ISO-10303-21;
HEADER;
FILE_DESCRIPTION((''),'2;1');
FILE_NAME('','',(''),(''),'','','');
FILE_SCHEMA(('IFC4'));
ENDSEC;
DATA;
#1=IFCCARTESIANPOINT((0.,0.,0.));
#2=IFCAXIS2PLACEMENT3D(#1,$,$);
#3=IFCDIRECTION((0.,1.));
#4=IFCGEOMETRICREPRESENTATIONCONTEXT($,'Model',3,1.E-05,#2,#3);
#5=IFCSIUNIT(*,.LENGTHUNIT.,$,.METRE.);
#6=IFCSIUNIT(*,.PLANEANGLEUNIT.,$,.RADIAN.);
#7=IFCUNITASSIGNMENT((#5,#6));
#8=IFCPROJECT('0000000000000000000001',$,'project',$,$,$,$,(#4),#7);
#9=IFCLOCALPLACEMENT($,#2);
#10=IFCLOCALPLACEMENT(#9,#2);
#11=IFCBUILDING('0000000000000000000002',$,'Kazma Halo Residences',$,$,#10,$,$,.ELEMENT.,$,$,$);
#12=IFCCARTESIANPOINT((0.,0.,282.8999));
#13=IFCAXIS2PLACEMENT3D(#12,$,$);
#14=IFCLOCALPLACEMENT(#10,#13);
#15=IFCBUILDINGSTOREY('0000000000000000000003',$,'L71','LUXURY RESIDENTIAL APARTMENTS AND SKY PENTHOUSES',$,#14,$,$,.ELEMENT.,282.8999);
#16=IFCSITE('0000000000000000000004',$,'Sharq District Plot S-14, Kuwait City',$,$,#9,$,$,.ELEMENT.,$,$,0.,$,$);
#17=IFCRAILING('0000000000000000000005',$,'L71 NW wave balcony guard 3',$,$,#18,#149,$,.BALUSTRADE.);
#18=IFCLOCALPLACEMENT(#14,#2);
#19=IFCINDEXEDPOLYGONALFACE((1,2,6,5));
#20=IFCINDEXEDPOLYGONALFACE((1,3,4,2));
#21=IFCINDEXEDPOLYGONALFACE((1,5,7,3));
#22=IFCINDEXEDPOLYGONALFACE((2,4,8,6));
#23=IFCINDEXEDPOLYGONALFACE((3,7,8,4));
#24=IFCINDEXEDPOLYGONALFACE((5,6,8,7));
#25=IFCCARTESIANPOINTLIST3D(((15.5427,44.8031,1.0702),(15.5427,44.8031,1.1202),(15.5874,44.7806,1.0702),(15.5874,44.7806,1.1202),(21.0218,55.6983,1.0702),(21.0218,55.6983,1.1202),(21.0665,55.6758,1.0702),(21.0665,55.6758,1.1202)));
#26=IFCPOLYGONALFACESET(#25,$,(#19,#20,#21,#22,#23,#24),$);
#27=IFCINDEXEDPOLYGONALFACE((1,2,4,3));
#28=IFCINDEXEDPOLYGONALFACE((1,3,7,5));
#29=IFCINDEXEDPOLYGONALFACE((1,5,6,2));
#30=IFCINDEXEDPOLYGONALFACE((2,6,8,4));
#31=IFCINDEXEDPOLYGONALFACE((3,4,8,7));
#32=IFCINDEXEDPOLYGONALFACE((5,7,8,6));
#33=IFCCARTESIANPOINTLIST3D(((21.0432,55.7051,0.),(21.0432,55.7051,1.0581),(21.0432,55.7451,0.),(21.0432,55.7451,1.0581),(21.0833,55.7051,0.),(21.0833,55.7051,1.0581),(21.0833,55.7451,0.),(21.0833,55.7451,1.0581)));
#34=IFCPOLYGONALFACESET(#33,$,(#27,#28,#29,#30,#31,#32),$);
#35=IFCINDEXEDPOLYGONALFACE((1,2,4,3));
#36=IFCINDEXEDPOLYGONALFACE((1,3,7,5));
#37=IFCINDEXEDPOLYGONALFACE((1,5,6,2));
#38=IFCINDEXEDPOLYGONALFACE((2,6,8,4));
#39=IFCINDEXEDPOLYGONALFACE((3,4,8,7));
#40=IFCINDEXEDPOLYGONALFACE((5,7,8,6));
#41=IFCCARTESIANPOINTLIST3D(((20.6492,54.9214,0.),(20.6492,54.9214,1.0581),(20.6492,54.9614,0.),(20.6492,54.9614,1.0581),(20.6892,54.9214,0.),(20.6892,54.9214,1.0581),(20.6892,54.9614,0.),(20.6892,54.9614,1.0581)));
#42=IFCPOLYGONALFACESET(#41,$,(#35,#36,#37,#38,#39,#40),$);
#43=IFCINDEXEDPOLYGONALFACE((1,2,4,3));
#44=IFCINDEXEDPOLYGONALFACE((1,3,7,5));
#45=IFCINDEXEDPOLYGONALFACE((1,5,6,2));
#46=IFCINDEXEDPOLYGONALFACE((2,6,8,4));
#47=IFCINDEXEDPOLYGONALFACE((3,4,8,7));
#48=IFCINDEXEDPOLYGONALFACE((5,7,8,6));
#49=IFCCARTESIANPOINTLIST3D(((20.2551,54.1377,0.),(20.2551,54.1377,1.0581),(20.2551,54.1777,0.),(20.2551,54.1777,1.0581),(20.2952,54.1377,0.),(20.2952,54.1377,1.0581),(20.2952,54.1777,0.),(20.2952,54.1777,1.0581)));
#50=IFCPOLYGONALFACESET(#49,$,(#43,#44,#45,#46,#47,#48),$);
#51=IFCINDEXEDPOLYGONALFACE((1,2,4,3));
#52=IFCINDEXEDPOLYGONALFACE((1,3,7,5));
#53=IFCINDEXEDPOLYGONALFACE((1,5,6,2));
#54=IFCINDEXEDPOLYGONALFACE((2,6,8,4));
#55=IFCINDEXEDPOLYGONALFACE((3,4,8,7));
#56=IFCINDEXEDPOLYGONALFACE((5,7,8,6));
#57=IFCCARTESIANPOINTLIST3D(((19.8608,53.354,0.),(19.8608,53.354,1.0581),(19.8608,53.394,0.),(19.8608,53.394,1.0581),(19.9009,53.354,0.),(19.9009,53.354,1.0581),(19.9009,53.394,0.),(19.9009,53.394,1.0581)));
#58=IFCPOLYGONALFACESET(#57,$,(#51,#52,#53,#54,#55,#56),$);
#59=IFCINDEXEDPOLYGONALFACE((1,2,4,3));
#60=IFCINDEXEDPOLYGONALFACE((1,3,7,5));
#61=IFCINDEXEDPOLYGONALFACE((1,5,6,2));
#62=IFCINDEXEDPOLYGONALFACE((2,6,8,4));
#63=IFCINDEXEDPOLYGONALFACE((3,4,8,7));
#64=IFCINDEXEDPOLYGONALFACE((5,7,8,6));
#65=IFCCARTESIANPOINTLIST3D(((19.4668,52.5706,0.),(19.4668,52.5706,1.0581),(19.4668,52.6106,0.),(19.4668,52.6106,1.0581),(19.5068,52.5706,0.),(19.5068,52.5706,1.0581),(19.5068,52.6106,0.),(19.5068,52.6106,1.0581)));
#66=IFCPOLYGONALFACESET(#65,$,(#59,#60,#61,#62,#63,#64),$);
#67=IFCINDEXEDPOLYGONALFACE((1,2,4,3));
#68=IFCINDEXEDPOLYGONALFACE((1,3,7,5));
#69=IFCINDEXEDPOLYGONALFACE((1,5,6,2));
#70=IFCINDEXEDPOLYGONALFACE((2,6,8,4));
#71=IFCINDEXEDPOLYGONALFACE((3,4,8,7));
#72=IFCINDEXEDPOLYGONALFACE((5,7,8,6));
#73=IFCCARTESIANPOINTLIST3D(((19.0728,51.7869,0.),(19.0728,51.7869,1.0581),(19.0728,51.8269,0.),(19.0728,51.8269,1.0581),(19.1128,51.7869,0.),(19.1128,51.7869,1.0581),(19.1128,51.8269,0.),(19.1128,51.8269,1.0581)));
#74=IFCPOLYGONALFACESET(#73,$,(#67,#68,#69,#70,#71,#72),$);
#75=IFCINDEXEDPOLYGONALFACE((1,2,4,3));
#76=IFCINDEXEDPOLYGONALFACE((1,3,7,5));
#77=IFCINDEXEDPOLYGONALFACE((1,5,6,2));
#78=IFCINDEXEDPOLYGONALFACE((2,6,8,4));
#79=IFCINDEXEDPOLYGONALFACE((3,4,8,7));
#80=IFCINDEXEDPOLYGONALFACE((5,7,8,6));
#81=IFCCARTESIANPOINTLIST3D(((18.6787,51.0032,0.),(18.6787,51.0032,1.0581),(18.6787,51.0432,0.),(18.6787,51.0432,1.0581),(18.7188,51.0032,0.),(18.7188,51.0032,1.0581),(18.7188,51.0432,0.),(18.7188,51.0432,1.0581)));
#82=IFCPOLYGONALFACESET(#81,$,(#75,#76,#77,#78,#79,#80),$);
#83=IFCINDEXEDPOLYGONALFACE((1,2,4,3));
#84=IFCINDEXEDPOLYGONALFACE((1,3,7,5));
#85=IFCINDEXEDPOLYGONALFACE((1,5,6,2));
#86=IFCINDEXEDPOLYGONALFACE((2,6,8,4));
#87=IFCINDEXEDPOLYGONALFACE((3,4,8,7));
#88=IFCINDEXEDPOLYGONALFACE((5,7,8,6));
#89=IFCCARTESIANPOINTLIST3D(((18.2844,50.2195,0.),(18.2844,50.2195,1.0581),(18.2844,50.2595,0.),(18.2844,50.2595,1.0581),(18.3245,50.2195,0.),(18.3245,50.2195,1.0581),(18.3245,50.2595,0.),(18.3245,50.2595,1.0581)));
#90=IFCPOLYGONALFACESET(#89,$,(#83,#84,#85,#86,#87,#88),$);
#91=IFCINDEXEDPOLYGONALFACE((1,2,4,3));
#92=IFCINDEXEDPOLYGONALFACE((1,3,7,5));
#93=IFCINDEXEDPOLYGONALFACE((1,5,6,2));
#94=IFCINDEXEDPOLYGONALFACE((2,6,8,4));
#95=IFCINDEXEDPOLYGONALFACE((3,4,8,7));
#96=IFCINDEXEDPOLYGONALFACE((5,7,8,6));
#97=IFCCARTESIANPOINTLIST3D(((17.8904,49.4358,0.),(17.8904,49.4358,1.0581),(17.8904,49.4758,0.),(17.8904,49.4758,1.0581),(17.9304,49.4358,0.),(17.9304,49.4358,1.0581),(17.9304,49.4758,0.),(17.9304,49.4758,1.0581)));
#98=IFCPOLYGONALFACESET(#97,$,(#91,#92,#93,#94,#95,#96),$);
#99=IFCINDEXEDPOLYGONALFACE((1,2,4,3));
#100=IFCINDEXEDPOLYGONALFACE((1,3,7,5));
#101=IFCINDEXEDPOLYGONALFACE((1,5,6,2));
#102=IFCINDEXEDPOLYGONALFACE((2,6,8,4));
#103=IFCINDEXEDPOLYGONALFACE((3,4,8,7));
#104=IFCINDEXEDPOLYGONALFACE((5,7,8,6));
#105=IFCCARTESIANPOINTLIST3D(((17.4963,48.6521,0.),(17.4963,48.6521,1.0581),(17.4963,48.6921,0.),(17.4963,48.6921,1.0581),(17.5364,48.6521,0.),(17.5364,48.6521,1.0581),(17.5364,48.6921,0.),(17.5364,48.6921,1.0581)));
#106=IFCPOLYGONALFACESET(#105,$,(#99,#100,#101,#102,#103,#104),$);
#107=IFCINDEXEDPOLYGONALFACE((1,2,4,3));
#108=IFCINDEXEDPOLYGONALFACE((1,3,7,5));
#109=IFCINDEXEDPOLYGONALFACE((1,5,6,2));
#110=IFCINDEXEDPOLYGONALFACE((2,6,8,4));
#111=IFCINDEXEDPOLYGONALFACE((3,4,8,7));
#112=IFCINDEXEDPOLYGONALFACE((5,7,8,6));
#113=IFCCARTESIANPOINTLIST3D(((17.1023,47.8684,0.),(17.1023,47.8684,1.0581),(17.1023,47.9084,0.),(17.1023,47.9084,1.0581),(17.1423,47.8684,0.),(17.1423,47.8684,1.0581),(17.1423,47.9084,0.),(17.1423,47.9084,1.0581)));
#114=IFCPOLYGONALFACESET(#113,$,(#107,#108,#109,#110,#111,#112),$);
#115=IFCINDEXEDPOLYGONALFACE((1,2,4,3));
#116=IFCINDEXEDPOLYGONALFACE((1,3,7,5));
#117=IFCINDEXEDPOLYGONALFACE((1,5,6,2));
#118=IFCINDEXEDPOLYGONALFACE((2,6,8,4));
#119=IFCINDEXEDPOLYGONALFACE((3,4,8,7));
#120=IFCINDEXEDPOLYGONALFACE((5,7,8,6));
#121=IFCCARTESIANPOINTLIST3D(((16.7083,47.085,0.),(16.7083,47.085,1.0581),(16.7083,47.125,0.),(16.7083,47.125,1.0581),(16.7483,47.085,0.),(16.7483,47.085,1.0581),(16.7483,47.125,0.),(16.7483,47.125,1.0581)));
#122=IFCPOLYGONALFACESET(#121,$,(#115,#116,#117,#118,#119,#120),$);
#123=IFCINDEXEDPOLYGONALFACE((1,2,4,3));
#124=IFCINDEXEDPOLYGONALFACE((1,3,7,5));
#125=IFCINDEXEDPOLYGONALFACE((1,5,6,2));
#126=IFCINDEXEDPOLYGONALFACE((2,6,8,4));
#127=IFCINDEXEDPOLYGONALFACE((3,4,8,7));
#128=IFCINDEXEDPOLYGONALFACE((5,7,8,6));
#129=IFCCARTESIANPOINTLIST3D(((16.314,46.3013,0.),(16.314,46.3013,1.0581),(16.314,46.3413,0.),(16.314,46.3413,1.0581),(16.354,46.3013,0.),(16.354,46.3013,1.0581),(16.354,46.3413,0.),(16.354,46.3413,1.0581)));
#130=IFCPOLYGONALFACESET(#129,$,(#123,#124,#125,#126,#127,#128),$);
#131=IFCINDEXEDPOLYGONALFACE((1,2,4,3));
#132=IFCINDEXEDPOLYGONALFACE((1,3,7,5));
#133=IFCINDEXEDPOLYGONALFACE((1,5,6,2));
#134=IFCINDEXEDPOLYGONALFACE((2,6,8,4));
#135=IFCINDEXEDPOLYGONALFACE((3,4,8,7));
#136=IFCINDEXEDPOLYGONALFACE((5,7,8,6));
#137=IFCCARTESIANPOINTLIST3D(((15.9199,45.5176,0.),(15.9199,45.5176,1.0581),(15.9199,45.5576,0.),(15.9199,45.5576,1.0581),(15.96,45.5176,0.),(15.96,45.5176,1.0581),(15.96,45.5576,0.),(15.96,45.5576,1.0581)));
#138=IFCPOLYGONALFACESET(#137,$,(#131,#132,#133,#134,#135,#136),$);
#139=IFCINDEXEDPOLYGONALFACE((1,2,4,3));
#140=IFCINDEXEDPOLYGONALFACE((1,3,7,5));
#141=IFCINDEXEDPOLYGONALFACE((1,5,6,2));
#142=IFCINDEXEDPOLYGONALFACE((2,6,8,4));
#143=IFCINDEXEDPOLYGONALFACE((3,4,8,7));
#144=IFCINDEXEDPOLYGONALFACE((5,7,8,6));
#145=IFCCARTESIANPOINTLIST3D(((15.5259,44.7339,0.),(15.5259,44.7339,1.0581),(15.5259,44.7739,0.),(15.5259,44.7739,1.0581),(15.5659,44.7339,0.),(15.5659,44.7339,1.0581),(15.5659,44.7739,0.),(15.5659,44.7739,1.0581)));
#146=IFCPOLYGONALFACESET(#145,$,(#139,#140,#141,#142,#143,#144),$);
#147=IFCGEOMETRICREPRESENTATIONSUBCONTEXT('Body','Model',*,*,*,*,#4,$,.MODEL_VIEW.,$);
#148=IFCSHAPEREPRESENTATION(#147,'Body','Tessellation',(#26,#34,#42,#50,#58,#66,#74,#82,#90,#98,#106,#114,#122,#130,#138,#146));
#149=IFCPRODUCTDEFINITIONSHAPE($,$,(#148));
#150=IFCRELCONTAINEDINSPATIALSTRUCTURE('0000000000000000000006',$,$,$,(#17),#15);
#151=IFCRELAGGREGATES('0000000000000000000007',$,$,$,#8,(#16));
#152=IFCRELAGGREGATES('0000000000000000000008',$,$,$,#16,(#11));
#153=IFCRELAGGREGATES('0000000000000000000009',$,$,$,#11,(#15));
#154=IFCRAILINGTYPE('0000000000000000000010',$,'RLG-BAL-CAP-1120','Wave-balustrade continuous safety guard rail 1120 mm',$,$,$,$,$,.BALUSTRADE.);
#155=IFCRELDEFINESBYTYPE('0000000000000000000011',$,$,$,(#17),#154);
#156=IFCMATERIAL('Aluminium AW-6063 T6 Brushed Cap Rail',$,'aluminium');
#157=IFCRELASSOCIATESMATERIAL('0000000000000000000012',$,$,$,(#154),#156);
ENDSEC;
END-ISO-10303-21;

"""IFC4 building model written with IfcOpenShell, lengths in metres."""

from ifc_helpers import new_model, si_unit, direction, frame, origin, origin_2d, place, context, subcontext, project, spatial, rectangle, extrude, material, type_object, element, save


model = new_model("IFC4")

# Units and contexts
model_context = context("Model", 3, precision=1e-05, world=origin(), true_north=direction((0.0, 1.0)))
body_context = subcontext(model_context, "Body", "Model", "MODEL_VIEW")
ifc_project = project(units=[si_unit("LENGTHUNIT", "METRE"), si_unit("PLANEANGLEUNIT", "RADIAN")], contexts=[model_context])

# Site, building, storey
site_placement = place(None, origin())
site = spatial("IfcSite", under=ifc_project, at=site_placement, Name="Sharq District Plot S-14, Kuwait City", CompositionType="ELEMENT", RefElevation=0.0)
building_placement = place(site_placement, origin())
building = spatial("IfcBuilding", under=site, at=building_placement, Name="Kazma Halo Residences", CompositionType="ELEMENT")
storey_placement = place(building_placement, frame((0.0, 0.0, 282.8999)))
storey = spatial("IfcBuildingStorey", under=building, at=storey_placement, Name="L71", Description="LUXURY RESIDENTIAL APARTMENTS AND SKY PENTHOUSES", CompositionType="ELEMENT", Elevation=282.8999)

# Railing
ifc_material_1 = material(Name="Aluminium AW-6063 T6 Brushed Cap Rail", Category="aluminium")
railing_type = type_object("IfcRailingType", Name="RLG-BAL-CAP-1120", Description="Wave-balustrade continuous safety guard rail 1120 mm", PredefinedType="BALUSTRADE", material=ifc_material_1)
railing_1_placement = place(storey_placement, frame((21.0632, 55.7251, 0.0)))
element("IfcRailing", 1, at=railing_1_placement, inside=storey, type_object=railing_type, Name="L71 NW wave balcony guard 3", PredefinedType="BALUSTRADE", context=body_context, shape_type="SweptSolid", body=[
    extrude(rectangle(XDim=0.05, YDim=0.05, at=origin_2d()), frame((-0.019, -0.0381, 1.0952), z_axis=(-0.44928, -0.893391, 0.0), x_axis=(0.893391, -0.44928, 0.0)), (0.0, 0.0, 1.0), 12.1953),
    extrude(rectangle(XDim=0.04, YDim=0.04, at=origin_2d()), origin(), (0.0, 0.0, 1.0), 1.0581),
    extrude(rectangle(XDim=0.04, YDim=0.04, at=origin_2d()), frame((-0.394, -0.7837, 0.0)), (0.0, 0.0, 1.0), 1.0581),
    extrude(rectangle(XDim=0.04, YDim=0.04, at=origin_2d()), frame((-0.7881, -1.5674, 0.0)), (0.0, 0.0, 1.0), 1.0581),
    extrude(rectangle(XDim=0.04, YDim=0.04, at=origin_2d()), frame((-1.1824, -2.3511, 0.0)), (0.0, 0.0, 1.0), 1.0581),
    extrude(rectangle(XDim=0.04, YDim=0.04, at=origin_2d()), frame((-1.5764, -3.1345, 0.0)), (0.0, 0.0, 1.0), 1.0581),
    extrude(rectangle(XDim=0.04, YDim=0.04, at=origin_2d()), frame((-1.9705, -3.9182, 0.0)), (0.0, 0.0, 1.0), 1.0581),
    extrude(rectangle(XDim=0.04, YDim=0.04, at=origin_2d()), frame((-2.3645, -4.7019, 0.0)), (0.0, 0.0, 1.0), 1.0581),
    extrude(rectangle(XDim=0.04, YDim=0.04, at=origin_2d()), frame((-2.7588, -5.4856, 0.0)), (0.0, 0.0, 1.0), 1.0581),
    extrude(rectangle(XDim=0.04, YDim=0.04, at=origin_2d()), frame((-3.1528, -6.2693, 0.0)), (0.0, 0.0, 1.0), 1.0581),
    extrude(rectangle(XDim=0.04, YDim=0.04, at=origin_2d()), frame((-3.5469, -7.053, 0.0)), (0.0, 0.0, 1.0), 1.0581),
    extrude(rectangle(XDim=0.04, YDim=0.04, at=origin_2d()), frame((-3.9409, -7.8367, 0.0)), (0.0, 0.0, 1.0), 1.0581),
    extrude(rectangle(XDim=0.04, YDim=0.04, at=origin_2d()), frame((-4.335, -8.6201, 0.0)), (0.0, 0.0, 1.0), 1.0581),
    extrude(rectangle(XDim=0.04, YDim=0.04, at=origin_2d()), frame((-4.7292, -9.4038, 0.0)), (0.0, 0.0, 1.0), 1.0581),
    extrude(rectangle(XDim=0.04, YDim=0.04, at=origin_2d()), frame((-5.1233, -10.1875, 0.0)), (0.0, 0.0, 1.0), 1.0581),
    extrude(rectangle(XDim=0.04, YDim=0.04, at=origin_2d()), frame((-5.5173, -10.9712, 0.0)), (0.0, 0.0, 1.0), 1.0581),
])

save(model, "model.ifc")
